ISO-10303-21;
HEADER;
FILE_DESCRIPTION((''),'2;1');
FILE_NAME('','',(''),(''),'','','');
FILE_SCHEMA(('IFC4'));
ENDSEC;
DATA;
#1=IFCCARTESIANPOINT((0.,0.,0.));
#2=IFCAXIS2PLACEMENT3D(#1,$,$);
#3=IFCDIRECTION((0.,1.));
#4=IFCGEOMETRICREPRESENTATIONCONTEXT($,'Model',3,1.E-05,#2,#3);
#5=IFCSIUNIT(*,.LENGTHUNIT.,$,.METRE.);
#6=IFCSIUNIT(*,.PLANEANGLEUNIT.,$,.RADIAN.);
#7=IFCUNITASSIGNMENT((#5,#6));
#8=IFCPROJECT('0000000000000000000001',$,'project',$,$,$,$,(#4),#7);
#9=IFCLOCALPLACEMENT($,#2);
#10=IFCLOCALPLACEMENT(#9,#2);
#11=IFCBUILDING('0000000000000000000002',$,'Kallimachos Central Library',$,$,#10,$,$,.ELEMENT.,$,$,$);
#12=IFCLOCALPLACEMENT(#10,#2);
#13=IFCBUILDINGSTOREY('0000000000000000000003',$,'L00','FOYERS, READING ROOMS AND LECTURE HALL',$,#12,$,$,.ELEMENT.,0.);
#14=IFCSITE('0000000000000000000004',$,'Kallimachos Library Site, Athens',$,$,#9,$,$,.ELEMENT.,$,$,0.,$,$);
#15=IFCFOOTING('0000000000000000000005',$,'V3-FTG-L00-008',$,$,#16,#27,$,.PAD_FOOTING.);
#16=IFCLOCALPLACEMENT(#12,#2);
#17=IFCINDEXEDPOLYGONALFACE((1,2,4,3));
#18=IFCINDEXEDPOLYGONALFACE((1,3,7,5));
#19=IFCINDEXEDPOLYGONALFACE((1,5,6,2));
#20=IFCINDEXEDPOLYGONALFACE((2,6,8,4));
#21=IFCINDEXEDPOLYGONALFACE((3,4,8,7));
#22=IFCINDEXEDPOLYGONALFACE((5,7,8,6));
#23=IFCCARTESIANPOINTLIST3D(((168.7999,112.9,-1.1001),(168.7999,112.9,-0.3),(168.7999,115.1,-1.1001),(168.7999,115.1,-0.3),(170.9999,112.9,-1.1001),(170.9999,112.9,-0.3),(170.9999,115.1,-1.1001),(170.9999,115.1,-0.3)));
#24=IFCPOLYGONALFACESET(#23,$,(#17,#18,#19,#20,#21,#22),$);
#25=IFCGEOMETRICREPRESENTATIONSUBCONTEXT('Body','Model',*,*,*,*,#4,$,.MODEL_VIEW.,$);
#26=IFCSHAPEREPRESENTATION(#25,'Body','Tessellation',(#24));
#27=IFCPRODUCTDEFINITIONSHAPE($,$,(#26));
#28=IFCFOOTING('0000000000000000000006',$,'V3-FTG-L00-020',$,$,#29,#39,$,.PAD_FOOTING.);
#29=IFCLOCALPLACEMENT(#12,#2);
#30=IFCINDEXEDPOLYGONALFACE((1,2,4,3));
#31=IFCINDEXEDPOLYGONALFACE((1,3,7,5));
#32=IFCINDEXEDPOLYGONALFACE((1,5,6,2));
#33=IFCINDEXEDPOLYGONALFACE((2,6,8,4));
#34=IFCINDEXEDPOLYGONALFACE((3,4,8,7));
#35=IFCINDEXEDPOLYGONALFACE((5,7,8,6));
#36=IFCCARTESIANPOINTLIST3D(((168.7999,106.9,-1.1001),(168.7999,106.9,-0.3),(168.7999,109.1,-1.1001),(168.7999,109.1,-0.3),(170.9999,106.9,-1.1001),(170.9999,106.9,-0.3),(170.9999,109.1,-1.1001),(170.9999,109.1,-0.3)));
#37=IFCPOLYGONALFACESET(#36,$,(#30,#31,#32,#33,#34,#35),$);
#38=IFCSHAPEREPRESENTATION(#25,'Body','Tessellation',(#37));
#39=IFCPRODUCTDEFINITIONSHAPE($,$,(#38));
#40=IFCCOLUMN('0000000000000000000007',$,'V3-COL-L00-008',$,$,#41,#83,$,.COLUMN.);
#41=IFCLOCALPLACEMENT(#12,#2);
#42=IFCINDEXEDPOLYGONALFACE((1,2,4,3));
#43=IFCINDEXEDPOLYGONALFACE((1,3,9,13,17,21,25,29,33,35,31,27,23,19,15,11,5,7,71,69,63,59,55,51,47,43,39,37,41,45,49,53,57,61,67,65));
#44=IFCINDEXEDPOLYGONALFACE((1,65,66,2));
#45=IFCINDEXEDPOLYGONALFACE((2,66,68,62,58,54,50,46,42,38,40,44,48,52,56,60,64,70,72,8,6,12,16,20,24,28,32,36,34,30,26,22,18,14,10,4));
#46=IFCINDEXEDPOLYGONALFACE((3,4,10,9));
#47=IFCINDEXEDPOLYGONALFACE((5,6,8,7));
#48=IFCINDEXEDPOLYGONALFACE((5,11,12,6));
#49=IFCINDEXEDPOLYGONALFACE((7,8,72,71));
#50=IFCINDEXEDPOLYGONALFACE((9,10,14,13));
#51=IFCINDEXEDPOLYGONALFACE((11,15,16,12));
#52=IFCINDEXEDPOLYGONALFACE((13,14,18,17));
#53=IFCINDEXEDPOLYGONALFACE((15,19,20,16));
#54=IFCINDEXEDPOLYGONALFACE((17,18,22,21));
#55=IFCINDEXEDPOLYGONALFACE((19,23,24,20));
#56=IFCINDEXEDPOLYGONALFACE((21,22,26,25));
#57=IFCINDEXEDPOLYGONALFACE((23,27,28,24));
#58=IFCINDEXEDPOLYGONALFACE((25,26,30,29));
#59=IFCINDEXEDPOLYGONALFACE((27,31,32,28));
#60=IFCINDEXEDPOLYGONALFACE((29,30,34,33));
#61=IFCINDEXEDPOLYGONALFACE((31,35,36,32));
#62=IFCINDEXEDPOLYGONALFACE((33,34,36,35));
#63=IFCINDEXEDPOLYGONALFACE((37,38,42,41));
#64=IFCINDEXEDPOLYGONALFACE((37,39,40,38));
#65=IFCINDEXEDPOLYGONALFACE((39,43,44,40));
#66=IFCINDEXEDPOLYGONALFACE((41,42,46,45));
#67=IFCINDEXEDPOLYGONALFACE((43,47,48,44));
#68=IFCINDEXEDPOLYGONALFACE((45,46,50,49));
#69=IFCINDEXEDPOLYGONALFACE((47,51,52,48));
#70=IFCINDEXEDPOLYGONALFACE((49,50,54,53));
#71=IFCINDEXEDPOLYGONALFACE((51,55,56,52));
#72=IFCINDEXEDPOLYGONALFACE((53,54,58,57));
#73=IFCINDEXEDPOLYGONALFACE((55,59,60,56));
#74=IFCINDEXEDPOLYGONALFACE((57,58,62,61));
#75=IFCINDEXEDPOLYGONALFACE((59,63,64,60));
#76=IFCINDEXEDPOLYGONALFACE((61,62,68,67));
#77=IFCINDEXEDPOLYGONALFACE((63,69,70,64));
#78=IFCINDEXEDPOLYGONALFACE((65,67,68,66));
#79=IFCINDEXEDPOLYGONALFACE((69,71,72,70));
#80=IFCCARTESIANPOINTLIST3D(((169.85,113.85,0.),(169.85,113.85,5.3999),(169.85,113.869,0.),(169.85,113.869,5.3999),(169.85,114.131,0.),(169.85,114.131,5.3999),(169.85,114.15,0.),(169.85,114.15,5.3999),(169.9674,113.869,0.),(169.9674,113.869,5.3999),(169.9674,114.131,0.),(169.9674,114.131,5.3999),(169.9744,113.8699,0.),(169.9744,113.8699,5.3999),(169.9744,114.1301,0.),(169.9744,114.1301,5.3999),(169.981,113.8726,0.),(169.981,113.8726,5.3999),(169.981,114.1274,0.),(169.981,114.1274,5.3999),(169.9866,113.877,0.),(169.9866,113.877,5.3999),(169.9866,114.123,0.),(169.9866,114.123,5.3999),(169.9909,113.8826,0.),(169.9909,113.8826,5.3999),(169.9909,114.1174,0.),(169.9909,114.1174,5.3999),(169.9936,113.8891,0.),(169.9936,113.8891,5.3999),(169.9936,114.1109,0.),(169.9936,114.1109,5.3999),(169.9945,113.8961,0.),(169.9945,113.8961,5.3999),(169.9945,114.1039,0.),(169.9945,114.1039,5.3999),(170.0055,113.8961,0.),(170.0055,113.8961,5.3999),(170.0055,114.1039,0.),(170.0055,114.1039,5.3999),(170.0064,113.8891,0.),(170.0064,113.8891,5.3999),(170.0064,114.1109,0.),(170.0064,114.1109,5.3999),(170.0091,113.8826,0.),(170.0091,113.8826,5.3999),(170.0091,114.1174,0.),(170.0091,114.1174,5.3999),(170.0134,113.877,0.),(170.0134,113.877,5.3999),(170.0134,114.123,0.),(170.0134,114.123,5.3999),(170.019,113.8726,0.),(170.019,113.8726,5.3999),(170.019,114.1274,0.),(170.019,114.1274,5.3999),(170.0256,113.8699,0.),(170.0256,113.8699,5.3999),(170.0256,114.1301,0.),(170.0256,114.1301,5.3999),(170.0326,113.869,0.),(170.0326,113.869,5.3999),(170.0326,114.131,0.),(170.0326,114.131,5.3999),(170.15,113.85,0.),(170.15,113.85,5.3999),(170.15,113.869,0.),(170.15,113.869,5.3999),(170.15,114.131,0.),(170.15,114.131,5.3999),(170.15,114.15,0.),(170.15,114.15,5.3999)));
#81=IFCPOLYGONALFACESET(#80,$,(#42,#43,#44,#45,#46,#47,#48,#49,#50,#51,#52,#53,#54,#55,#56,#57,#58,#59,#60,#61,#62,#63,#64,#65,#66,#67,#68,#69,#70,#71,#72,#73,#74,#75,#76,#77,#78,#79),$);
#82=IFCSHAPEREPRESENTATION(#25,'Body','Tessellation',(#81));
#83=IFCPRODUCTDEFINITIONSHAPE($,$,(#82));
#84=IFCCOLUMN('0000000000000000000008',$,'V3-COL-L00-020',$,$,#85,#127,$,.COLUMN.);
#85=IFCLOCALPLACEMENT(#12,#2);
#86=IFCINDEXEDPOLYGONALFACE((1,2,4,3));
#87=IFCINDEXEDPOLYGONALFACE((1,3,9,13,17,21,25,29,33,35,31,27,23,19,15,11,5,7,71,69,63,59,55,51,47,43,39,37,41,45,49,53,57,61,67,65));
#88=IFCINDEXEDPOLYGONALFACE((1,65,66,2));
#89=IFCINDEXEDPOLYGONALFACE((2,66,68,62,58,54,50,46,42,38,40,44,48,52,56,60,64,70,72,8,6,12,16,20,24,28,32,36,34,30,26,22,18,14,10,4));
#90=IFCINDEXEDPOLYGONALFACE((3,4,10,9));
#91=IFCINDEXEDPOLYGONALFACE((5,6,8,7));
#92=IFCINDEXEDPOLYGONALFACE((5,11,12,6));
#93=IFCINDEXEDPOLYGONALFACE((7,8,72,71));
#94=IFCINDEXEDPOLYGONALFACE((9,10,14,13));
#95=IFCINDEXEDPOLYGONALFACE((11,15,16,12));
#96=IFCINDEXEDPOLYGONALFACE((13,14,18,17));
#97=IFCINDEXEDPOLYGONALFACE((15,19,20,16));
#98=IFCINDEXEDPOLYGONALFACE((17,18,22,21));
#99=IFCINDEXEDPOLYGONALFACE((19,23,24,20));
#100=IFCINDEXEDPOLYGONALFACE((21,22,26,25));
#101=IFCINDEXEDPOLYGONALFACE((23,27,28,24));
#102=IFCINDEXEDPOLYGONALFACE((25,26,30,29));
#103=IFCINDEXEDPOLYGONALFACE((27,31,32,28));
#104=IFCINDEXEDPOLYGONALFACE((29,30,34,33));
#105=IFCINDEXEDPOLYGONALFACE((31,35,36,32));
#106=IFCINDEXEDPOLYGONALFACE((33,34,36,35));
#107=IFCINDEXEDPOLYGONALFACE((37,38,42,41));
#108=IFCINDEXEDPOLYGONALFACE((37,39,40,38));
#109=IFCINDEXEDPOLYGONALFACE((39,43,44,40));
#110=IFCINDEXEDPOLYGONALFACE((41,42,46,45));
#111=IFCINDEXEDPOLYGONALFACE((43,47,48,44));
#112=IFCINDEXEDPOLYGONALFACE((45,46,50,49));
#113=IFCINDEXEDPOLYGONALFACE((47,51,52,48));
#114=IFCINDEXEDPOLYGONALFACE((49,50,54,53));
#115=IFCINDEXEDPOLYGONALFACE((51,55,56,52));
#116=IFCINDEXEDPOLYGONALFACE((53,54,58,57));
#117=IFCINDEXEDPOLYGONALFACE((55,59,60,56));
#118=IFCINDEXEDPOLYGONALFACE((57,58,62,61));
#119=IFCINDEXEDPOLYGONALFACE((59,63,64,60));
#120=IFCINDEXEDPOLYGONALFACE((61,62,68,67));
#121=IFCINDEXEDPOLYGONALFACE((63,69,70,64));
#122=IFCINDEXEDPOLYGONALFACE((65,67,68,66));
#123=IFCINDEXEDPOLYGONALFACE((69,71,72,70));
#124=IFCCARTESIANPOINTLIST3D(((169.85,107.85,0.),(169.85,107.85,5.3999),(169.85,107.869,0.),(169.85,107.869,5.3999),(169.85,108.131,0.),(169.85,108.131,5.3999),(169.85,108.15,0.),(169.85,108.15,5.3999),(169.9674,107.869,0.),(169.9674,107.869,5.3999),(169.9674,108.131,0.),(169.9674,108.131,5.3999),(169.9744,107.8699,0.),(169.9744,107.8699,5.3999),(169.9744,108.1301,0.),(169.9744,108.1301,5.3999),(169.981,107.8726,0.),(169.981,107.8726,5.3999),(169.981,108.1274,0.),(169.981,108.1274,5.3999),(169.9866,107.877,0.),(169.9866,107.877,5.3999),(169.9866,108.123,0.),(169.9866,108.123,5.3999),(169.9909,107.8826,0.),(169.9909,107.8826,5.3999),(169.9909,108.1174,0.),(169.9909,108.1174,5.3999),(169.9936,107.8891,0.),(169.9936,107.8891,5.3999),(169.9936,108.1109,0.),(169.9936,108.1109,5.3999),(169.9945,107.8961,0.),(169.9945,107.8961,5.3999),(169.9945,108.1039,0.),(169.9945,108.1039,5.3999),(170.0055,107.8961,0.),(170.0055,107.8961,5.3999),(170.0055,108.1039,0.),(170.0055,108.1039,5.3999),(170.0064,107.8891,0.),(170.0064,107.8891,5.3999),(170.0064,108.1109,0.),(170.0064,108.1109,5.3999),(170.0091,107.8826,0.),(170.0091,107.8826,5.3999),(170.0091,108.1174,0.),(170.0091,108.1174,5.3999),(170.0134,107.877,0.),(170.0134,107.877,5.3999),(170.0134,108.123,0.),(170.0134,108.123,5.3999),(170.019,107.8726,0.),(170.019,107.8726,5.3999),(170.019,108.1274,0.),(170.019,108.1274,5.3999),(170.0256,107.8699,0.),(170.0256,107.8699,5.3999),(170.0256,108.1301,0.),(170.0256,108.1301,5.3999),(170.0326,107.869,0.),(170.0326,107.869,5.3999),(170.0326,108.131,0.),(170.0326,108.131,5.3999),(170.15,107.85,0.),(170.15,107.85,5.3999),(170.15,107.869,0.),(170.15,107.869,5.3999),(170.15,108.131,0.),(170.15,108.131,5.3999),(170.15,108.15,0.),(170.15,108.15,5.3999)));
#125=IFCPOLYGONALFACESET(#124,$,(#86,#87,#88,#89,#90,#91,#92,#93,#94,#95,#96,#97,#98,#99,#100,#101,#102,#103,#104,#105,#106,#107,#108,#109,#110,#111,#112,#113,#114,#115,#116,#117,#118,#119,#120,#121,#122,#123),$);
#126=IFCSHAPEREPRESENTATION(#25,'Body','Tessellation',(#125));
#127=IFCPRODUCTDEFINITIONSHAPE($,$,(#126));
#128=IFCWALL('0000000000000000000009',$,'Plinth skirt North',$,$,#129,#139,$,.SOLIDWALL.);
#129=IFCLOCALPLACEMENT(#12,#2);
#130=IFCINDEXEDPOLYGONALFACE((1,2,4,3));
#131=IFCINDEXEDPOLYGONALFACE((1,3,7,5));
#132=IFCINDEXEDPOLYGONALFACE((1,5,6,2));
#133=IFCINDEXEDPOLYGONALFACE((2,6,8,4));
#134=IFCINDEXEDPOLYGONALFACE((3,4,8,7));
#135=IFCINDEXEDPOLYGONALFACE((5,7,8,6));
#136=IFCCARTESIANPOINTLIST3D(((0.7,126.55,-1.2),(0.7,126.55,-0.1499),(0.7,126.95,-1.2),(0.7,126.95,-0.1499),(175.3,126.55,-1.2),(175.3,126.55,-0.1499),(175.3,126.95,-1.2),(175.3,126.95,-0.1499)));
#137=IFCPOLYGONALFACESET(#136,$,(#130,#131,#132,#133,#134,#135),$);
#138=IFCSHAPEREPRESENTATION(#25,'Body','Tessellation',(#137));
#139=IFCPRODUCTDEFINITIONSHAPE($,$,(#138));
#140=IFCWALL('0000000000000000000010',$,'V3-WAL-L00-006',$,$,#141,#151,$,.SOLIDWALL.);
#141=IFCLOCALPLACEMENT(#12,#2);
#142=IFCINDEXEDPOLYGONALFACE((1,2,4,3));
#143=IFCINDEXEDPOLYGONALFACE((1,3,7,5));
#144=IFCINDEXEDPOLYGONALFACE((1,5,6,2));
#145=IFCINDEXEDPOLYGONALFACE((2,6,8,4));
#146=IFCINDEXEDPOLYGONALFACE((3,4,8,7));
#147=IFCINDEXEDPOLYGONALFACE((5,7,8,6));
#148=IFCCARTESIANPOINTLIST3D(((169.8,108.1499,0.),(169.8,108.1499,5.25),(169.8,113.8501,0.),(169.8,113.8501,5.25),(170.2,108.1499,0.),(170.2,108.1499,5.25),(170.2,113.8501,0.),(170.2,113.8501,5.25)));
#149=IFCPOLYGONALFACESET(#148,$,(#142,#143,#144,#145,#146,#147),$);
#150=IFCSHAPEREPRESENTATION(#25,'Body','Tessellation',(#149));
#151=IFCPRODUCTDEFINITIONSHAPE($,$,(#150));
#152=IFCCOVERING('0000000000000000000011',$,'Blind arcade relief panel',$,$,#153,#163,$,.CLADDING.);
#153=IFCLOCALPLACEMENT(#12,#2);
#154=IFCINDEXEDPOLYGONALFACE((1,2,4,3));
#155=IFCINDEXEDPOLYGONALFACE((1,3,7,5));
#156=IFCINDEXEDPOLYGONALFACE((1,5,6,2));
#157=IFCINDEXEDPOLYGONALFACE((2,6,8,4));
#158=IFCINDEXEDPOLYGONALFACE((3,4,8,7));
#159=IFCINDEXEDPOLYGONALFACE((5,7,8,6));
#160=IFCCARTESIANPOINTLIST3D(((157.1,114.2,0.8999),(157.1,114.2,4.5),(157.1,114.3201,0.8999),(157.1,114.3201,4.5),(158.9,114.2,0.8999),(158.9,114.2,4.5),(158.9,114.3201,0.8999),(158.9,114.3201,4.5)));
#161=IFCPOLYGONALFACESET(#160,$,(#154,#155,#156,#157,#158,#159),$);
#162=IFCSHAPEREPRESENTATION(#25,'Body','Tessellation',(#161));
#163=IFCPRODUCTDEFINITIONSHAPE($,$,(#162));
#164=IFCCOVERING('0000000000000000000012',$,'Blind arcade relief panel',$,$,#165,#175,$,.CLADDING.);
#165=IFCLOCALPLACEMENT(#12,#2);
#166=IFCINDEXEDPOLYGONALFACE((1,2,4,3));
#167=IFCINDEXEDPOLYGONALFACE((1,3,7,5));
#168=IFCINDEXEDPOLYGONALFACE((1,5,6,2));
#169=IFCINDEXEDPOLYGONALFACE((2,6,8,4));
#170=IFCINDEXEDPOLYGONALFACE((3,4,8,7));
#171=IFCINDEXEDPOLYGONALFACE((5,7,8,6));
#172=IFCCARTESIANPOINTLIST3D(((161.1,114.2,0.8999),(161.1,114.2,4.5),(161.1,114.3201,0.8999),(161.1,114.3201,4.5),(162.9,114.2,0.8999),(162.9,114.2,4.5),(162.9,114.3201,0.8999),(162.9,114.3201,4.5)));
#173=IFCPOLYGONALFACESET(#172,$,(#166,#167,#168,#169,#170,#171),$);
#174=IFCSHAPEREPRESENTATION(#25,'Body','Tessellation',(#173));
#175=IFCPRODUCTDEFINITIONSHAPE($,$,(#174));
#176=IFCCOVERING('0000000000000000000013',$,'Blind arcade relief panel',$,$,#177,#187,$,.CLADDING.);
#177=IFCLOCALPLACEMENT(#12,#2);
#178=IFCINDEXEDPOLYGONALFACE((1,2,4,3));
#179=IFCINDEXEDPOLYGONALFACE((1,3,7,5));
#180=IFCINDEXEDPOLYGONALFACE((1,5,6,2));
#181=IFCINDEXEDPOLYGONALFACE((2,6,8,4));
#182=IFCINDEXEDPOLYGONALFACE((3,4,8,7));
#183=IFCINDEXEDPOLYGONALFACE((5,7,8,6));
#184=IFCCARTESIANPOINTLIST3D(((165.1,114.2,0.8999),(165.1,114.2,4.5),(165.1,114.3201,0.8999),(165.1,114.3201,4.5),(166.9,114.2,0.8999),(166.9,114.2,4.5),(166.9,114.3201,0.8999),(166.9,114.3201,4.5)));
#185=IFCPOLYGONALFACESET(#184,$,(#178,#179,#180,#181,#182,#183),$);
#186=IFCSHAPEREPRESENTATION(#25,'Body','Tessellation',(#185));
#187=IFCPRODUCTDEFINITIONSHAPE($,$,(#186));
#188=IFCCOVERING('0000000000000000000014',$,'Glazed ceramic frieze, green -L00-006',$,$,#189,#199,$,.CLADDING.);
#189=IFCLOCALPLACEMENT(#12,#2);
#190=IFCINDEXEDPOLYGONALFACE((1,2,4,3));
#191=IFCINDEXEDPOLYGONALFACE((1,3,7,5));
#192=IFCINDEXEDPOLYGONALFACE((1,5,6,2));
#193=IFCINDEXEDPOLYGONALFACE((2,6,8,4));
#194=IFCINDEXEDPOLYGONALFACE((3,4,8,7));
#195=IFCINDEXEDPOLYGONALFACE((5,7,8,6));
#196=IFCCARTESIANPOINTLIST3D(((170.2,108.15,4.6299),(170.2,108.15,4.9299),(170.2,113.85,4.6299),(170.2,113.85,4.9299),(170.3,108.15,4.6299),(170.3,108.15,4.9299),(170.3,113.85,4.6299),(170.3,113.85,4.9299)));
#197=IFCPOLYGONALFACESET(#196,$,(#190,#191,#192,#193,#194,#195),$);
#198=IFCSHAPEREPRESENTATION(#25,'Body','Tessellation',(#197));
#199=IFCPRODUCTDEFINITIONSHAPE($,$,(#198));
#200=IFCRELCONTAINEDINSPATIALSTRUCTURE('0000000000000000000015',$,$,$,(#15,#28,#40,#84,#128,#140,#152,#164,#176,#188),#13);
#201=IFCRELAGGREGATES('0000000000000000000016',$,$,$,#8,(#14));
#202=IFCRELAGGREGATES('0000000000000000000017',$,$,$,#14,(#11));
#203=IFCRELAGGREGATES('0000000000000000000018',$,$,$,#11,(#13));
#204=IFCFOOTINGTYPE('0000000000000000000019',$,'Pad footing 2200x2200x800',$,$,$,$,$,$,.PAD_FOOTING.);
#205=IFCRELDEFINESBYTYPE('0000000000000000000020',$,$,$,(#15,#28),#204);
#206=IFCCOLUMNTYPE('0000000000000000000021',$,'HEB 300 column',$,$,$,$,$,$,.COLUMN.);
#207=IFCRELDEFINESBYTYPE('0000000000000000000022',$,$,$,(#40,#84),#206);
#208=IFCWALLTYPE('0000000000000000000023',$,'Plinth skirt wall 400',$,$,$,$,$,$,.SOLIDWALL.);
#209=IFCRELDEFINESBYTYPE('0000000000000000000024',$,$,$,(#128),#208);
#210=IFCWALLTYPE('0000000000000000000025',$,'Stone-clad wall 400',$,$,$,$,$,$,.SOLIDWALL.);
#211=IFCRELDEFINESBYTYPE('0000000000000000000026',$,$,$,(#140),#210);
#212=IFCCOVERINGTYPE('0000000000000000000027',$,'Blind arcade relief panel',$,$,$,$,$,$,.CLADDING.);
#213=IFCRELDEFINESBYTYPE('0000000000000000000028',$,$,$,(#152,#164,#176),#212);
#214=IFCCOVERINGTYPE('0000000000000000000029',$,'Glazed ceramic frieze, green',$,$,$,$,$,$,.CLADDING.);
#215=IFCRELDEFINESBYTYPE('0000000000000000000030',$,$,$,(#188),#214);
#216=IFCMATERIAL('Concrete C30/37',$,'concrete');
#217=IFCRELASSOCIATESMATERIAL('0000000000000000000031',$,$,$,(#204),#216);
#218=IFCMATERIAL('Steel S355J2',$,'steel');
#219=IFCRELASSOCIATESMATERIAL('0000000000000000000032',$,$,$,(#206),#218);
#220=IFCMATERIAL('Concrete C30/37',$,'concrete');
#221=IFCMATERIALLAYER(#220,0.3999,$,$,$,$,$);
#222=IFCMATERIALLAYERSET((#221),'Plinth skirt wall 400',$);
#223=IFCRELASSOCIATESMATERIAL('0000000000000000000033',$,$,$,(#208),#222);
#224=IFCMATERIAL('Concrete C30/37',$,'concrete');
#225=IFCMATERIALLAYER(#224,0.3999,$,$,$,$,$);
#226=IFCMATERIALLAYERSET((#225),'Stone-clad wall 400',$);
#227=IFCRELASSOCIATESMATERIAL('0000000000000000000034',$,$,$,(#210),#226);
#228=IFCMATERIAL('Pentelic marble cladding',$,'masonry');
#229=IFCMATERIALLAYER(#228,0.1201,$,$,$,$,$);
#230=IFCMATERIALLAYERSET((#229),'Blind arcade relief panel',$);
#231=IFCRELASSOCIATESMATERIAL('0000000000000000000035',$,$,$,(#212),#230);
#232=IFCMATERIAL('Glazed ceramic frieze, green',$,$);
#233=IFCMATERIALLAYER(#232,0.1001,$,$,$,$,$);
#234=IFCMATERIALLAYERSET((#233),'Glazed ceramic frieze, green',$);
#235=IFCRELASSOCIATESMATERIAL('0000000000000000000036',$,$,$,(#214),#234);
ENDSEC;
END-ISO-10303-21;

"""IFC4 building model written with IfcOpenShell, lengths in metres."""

from ifc_helpers import new_model, si_unit, direction, frame, frame_2d, origin, origin_2d, place, context, subcontext, project, spatial, rectangle, i_section, extrude, material, layer, layer_set, material_profile, profile_set, type_object, element, save


model = new_model("IFC4")

# Units and contexts
model_context = context("Model", 3, precision=1e-05, world=origin(), true_north=direction((0.0, 1.0)))
body_context = subcontext(model_context, "Body", "Model", "MODEL_VIEW")
ifc_project = project(units=[si_unit("LENGTHUNIT", "METRE"), si_unit("PLANEANGLEUNIT", "RADIAN")], contexts=[model_context])

# Site, building, storey
site_placement = place(None, origin())
site = spatial("IfcSite", under=ifc_project, at=site_placement, Name="Kallimachos Library Site, Athens", CompositionType="ELEMENT", RefElevation=0.0)
building_placement = place(site_placement, origin())
building = spatial("IfcBuilding", under=site, at=building_placement, Name="Kallimachos Central Library", CompositionType="ELEMENT")
storey_placement = place(building_placement, origin())
storey = spatial("IfcBuildingStorey", under=building, at=storey_placement, Name="L00", Description="FOYERS, READING ROOMS AND LECTURE HALL", CompositionType="ELEMENT", Elevation=0.0)

# Footings
ifc_material_1 = material(Name="Concrete C30/37", Category="concrete")
footing_type = type_object("IfcFootingType", Name="Pad footing 2200x2200x800", PredefinedType="PAD_FOOTING", material=ifc_material_1)
for number, where, z_axis, x_axis, name in (
    (1, (169.8999, 114.0, -1.1001), (0.0, 0.0, 1.0), (1.0, 0.0, 0.0), "V3-FTG-L00-008"),
    (2, (169.8999, 108.0, -1.1001), (0.0, 0.0, 1.0), (1.0, 0.0, 0.0), "V3-FTG-L00-020"),
):
    element("IfcFooting", number, at=place(storey_placement, frame(where, z_axis=z_axis, x_axis=x_axis)), inside=storey, type_object=footing_type, Name=name, PredefinedType="PAD_FOOTING", context=body_context, shape_type="SweptSolid", body=[
        extrude(rectangle(XDim=2.2, YDim=2.2, at=origin_2d()), origin(), (0.0, 0.0, 1.0), 0.8),
    ])

# Columns
ifc_material_2 = material(Name="Steel S355J2", Category="steel")
ifc_material_profile = material_profile(ifc_material_2, i_section(OverallWidth=0.3, OverallDepth=0.3, WebThickness=0.011, FlangeThickness=0.019, FilletRadius=0.0271, at=origin_2d()), Name="HEB 300")
ifc_profile_set = profile_set([ifc_material_profile], Name="Steel S355J2")
column_type = type_object("IfcColumnType", Name="HEB 300 column", PredefinedType="COLUMN", material=ifc_profile_set)
for number, where, z_axis, x_axis, name in (
    (3, (170.0, 114.0, 0.0), (0.0, 0.0, 1.0), (1.0, 0.0, 0.0), "V3-COL-L00-008"),
    (4, (170.0, 108.0, 0.0), (0.0, 0.0, 1.0), (1.0, 0.0, 0.0), "V3-COL-L00-020"),
):
    element("IfcColumn", number, at=place(storey_placement, frame(where, z_axis=z_axis, x_axis=x_axis)), inside=storey, type_object=column_type, Name=name, PredefinedType="COLUMN", context=body_context, shape_type="SweptSolid", body=[
        extrude(i_section(OverallWidth=0.3, OverallDepth=0.3, WebThickness=0.011, FlangeThickness=0.019, FilletRadius=0.0271, at=origin_2d()), origin(), (0.0, 0.0, 1.0), 5.3999),
    ])

# Walls
ifc_material_3 = material(Name="Concrete C30/37", Category="concrete")
ifc_layer_1 = layer(ifc_material_3, 0.3999)
ifc_layer_set_1 = layer_set([ifc_layer_1], Name="Plinth skirt wall 400")
wall_type_1 = type_object("IfcWallType", Name="Plinth skirt wall 400", PredefinedType="SOLIDWALL", material=ifc_layer_set_1)
wall_1_placement = place(storey_placement, frame((175.3, 126.75, -1.2), z_axis=(0.0, 0.0, 1.0), x_axis=(-1.0, 0.0, 0.0)))
element("IfcWall", 5, at=wall_1_placement, inside=storey, type_object=wall_type_1, Name="Plinth skirt North", PredefinedType="SOLIDWALL", context=body_context, shape_type="SweptSolid", body=[
    extrude(rectangle(XDim=174.6001, YDim=0.3999, at=frame_2d((87.3, 0.0))), origin(), (0.0, 0.0, 1.0), 1.05),
])
ifc_material_4 = material(Name="Concrete C30/37", Category="concrete")
ifc_layer_2 = layer(ifc_material_4, 0.3999)
ifc_layer_set_2 = layer_set([ifc_layer_2], Name="Stone-clad wall 400")
wall_type_2 = type_object("IfcWallType", Name="Stone-clad wall 400", PredefinedType="SOLIDWALL", material=ifc_layer_set_2)
wall_2_placement = place(storey_placement, frame((170.0, 108.1499, 0.0), z_axis=(0.0, 0.0, 1.0), x_axis=(0.0, 1.0, 0.0)))
element("IfcWall", 6, at=wall_2_placement, inside=storey, type_object=wall_type_2, Name="V3-WAL-L00-006", PredefinedType="SOLIDWALL", context=body_context, shape_type="SweptSolid", body=[
    extrude(rectangle(XDim=5.7002, YDim=0.3999, at=frame_2d((2.8501, 0.0))), origin(), (0.0, 0.0, 1.0), 5.25),
])

# Coverings
ifc_material_5 = material(Name="Pentelic marble cladding", Category="masonry")
ifc_layer_3 = layer(ifc_material_5, 0.1201)
ifc_layer_set_3 = layer_set([ifc_layer_3], Name="Blind arcade relief panel")
covering_type_1 = type_object("IfcCoveringType", Name="Blind arcade relief panel", PredefinedType="CLADDING", material=ifc_layer_set_3)
for number, where, z_axis, x_axis, name in (
    (7, (158.0, 114.26, 0.8999), (0.0, 0.0, 1.0), (1.0, 0.0, 0.0), "Blind arcade relief panel"),
    (8, (162.0, 114.26, 0.8999), (0.0, 0.0, 1.0), (1.0, 0.0, 0.0), "Blind arcade relief panel"),
    (9, (166.0, 114.26, 0.8999), (0.0, 0.0, 1.0), (1.0, 0.0, 0.0), "Blind arcade relief panel"),
):
    element("IfcCovering", number, at=place(storey_placement, frame(where, z_axis=z_axis, x_axis=x_axis)), inside=storey, type_object=covering_type_1, Name=name, PredefinedType="CLADDING", context=body_context, shape_type="SweptSolid", body=[
        extrude(rectangle(XDim=1.8, YDim=0.1201, at=origin_2d()), origin(), (0.0, 0.0, 1.0), 3.6001),
    ])
ifc_material_6 = material(Name="Glazed ceramic frieze, green")
ifc_layer_4 = layer(ifc_material_6, 0.1001)
ifc_layer_set_4 = layer_set([ifc_layer_4], Name="Glazed ceramic frieze, green")
covering_type_2 = type_object("IfcCoveringType", Name="Glazed ceramic frieze, green", PredefinedType="CLADDING", material=ifc_layer_set_4)
covering_1_placement = place(storey_placement, frame((170.25, 111.0, 4.6299), z_axis=(0.0, 0.0, 1.0), x_axis=(1.0, 0.0, 0.0)))
element("IfcCovering", 10, at=covering_1_placement, inside=storey, type_object=covering_type_2, Name="Glazed ceramic frieze, green -L00-006", PredefinedType="CLADDING", context=body_context, shape_type="SweptSolid", body=[
    extrude(rectangle(XDim=0.1001, YDim=5.7, at=origin_2d()), origin(), (0.0, 0.0, 1.0), 0.3),
])

save(model, "model.ifc")
